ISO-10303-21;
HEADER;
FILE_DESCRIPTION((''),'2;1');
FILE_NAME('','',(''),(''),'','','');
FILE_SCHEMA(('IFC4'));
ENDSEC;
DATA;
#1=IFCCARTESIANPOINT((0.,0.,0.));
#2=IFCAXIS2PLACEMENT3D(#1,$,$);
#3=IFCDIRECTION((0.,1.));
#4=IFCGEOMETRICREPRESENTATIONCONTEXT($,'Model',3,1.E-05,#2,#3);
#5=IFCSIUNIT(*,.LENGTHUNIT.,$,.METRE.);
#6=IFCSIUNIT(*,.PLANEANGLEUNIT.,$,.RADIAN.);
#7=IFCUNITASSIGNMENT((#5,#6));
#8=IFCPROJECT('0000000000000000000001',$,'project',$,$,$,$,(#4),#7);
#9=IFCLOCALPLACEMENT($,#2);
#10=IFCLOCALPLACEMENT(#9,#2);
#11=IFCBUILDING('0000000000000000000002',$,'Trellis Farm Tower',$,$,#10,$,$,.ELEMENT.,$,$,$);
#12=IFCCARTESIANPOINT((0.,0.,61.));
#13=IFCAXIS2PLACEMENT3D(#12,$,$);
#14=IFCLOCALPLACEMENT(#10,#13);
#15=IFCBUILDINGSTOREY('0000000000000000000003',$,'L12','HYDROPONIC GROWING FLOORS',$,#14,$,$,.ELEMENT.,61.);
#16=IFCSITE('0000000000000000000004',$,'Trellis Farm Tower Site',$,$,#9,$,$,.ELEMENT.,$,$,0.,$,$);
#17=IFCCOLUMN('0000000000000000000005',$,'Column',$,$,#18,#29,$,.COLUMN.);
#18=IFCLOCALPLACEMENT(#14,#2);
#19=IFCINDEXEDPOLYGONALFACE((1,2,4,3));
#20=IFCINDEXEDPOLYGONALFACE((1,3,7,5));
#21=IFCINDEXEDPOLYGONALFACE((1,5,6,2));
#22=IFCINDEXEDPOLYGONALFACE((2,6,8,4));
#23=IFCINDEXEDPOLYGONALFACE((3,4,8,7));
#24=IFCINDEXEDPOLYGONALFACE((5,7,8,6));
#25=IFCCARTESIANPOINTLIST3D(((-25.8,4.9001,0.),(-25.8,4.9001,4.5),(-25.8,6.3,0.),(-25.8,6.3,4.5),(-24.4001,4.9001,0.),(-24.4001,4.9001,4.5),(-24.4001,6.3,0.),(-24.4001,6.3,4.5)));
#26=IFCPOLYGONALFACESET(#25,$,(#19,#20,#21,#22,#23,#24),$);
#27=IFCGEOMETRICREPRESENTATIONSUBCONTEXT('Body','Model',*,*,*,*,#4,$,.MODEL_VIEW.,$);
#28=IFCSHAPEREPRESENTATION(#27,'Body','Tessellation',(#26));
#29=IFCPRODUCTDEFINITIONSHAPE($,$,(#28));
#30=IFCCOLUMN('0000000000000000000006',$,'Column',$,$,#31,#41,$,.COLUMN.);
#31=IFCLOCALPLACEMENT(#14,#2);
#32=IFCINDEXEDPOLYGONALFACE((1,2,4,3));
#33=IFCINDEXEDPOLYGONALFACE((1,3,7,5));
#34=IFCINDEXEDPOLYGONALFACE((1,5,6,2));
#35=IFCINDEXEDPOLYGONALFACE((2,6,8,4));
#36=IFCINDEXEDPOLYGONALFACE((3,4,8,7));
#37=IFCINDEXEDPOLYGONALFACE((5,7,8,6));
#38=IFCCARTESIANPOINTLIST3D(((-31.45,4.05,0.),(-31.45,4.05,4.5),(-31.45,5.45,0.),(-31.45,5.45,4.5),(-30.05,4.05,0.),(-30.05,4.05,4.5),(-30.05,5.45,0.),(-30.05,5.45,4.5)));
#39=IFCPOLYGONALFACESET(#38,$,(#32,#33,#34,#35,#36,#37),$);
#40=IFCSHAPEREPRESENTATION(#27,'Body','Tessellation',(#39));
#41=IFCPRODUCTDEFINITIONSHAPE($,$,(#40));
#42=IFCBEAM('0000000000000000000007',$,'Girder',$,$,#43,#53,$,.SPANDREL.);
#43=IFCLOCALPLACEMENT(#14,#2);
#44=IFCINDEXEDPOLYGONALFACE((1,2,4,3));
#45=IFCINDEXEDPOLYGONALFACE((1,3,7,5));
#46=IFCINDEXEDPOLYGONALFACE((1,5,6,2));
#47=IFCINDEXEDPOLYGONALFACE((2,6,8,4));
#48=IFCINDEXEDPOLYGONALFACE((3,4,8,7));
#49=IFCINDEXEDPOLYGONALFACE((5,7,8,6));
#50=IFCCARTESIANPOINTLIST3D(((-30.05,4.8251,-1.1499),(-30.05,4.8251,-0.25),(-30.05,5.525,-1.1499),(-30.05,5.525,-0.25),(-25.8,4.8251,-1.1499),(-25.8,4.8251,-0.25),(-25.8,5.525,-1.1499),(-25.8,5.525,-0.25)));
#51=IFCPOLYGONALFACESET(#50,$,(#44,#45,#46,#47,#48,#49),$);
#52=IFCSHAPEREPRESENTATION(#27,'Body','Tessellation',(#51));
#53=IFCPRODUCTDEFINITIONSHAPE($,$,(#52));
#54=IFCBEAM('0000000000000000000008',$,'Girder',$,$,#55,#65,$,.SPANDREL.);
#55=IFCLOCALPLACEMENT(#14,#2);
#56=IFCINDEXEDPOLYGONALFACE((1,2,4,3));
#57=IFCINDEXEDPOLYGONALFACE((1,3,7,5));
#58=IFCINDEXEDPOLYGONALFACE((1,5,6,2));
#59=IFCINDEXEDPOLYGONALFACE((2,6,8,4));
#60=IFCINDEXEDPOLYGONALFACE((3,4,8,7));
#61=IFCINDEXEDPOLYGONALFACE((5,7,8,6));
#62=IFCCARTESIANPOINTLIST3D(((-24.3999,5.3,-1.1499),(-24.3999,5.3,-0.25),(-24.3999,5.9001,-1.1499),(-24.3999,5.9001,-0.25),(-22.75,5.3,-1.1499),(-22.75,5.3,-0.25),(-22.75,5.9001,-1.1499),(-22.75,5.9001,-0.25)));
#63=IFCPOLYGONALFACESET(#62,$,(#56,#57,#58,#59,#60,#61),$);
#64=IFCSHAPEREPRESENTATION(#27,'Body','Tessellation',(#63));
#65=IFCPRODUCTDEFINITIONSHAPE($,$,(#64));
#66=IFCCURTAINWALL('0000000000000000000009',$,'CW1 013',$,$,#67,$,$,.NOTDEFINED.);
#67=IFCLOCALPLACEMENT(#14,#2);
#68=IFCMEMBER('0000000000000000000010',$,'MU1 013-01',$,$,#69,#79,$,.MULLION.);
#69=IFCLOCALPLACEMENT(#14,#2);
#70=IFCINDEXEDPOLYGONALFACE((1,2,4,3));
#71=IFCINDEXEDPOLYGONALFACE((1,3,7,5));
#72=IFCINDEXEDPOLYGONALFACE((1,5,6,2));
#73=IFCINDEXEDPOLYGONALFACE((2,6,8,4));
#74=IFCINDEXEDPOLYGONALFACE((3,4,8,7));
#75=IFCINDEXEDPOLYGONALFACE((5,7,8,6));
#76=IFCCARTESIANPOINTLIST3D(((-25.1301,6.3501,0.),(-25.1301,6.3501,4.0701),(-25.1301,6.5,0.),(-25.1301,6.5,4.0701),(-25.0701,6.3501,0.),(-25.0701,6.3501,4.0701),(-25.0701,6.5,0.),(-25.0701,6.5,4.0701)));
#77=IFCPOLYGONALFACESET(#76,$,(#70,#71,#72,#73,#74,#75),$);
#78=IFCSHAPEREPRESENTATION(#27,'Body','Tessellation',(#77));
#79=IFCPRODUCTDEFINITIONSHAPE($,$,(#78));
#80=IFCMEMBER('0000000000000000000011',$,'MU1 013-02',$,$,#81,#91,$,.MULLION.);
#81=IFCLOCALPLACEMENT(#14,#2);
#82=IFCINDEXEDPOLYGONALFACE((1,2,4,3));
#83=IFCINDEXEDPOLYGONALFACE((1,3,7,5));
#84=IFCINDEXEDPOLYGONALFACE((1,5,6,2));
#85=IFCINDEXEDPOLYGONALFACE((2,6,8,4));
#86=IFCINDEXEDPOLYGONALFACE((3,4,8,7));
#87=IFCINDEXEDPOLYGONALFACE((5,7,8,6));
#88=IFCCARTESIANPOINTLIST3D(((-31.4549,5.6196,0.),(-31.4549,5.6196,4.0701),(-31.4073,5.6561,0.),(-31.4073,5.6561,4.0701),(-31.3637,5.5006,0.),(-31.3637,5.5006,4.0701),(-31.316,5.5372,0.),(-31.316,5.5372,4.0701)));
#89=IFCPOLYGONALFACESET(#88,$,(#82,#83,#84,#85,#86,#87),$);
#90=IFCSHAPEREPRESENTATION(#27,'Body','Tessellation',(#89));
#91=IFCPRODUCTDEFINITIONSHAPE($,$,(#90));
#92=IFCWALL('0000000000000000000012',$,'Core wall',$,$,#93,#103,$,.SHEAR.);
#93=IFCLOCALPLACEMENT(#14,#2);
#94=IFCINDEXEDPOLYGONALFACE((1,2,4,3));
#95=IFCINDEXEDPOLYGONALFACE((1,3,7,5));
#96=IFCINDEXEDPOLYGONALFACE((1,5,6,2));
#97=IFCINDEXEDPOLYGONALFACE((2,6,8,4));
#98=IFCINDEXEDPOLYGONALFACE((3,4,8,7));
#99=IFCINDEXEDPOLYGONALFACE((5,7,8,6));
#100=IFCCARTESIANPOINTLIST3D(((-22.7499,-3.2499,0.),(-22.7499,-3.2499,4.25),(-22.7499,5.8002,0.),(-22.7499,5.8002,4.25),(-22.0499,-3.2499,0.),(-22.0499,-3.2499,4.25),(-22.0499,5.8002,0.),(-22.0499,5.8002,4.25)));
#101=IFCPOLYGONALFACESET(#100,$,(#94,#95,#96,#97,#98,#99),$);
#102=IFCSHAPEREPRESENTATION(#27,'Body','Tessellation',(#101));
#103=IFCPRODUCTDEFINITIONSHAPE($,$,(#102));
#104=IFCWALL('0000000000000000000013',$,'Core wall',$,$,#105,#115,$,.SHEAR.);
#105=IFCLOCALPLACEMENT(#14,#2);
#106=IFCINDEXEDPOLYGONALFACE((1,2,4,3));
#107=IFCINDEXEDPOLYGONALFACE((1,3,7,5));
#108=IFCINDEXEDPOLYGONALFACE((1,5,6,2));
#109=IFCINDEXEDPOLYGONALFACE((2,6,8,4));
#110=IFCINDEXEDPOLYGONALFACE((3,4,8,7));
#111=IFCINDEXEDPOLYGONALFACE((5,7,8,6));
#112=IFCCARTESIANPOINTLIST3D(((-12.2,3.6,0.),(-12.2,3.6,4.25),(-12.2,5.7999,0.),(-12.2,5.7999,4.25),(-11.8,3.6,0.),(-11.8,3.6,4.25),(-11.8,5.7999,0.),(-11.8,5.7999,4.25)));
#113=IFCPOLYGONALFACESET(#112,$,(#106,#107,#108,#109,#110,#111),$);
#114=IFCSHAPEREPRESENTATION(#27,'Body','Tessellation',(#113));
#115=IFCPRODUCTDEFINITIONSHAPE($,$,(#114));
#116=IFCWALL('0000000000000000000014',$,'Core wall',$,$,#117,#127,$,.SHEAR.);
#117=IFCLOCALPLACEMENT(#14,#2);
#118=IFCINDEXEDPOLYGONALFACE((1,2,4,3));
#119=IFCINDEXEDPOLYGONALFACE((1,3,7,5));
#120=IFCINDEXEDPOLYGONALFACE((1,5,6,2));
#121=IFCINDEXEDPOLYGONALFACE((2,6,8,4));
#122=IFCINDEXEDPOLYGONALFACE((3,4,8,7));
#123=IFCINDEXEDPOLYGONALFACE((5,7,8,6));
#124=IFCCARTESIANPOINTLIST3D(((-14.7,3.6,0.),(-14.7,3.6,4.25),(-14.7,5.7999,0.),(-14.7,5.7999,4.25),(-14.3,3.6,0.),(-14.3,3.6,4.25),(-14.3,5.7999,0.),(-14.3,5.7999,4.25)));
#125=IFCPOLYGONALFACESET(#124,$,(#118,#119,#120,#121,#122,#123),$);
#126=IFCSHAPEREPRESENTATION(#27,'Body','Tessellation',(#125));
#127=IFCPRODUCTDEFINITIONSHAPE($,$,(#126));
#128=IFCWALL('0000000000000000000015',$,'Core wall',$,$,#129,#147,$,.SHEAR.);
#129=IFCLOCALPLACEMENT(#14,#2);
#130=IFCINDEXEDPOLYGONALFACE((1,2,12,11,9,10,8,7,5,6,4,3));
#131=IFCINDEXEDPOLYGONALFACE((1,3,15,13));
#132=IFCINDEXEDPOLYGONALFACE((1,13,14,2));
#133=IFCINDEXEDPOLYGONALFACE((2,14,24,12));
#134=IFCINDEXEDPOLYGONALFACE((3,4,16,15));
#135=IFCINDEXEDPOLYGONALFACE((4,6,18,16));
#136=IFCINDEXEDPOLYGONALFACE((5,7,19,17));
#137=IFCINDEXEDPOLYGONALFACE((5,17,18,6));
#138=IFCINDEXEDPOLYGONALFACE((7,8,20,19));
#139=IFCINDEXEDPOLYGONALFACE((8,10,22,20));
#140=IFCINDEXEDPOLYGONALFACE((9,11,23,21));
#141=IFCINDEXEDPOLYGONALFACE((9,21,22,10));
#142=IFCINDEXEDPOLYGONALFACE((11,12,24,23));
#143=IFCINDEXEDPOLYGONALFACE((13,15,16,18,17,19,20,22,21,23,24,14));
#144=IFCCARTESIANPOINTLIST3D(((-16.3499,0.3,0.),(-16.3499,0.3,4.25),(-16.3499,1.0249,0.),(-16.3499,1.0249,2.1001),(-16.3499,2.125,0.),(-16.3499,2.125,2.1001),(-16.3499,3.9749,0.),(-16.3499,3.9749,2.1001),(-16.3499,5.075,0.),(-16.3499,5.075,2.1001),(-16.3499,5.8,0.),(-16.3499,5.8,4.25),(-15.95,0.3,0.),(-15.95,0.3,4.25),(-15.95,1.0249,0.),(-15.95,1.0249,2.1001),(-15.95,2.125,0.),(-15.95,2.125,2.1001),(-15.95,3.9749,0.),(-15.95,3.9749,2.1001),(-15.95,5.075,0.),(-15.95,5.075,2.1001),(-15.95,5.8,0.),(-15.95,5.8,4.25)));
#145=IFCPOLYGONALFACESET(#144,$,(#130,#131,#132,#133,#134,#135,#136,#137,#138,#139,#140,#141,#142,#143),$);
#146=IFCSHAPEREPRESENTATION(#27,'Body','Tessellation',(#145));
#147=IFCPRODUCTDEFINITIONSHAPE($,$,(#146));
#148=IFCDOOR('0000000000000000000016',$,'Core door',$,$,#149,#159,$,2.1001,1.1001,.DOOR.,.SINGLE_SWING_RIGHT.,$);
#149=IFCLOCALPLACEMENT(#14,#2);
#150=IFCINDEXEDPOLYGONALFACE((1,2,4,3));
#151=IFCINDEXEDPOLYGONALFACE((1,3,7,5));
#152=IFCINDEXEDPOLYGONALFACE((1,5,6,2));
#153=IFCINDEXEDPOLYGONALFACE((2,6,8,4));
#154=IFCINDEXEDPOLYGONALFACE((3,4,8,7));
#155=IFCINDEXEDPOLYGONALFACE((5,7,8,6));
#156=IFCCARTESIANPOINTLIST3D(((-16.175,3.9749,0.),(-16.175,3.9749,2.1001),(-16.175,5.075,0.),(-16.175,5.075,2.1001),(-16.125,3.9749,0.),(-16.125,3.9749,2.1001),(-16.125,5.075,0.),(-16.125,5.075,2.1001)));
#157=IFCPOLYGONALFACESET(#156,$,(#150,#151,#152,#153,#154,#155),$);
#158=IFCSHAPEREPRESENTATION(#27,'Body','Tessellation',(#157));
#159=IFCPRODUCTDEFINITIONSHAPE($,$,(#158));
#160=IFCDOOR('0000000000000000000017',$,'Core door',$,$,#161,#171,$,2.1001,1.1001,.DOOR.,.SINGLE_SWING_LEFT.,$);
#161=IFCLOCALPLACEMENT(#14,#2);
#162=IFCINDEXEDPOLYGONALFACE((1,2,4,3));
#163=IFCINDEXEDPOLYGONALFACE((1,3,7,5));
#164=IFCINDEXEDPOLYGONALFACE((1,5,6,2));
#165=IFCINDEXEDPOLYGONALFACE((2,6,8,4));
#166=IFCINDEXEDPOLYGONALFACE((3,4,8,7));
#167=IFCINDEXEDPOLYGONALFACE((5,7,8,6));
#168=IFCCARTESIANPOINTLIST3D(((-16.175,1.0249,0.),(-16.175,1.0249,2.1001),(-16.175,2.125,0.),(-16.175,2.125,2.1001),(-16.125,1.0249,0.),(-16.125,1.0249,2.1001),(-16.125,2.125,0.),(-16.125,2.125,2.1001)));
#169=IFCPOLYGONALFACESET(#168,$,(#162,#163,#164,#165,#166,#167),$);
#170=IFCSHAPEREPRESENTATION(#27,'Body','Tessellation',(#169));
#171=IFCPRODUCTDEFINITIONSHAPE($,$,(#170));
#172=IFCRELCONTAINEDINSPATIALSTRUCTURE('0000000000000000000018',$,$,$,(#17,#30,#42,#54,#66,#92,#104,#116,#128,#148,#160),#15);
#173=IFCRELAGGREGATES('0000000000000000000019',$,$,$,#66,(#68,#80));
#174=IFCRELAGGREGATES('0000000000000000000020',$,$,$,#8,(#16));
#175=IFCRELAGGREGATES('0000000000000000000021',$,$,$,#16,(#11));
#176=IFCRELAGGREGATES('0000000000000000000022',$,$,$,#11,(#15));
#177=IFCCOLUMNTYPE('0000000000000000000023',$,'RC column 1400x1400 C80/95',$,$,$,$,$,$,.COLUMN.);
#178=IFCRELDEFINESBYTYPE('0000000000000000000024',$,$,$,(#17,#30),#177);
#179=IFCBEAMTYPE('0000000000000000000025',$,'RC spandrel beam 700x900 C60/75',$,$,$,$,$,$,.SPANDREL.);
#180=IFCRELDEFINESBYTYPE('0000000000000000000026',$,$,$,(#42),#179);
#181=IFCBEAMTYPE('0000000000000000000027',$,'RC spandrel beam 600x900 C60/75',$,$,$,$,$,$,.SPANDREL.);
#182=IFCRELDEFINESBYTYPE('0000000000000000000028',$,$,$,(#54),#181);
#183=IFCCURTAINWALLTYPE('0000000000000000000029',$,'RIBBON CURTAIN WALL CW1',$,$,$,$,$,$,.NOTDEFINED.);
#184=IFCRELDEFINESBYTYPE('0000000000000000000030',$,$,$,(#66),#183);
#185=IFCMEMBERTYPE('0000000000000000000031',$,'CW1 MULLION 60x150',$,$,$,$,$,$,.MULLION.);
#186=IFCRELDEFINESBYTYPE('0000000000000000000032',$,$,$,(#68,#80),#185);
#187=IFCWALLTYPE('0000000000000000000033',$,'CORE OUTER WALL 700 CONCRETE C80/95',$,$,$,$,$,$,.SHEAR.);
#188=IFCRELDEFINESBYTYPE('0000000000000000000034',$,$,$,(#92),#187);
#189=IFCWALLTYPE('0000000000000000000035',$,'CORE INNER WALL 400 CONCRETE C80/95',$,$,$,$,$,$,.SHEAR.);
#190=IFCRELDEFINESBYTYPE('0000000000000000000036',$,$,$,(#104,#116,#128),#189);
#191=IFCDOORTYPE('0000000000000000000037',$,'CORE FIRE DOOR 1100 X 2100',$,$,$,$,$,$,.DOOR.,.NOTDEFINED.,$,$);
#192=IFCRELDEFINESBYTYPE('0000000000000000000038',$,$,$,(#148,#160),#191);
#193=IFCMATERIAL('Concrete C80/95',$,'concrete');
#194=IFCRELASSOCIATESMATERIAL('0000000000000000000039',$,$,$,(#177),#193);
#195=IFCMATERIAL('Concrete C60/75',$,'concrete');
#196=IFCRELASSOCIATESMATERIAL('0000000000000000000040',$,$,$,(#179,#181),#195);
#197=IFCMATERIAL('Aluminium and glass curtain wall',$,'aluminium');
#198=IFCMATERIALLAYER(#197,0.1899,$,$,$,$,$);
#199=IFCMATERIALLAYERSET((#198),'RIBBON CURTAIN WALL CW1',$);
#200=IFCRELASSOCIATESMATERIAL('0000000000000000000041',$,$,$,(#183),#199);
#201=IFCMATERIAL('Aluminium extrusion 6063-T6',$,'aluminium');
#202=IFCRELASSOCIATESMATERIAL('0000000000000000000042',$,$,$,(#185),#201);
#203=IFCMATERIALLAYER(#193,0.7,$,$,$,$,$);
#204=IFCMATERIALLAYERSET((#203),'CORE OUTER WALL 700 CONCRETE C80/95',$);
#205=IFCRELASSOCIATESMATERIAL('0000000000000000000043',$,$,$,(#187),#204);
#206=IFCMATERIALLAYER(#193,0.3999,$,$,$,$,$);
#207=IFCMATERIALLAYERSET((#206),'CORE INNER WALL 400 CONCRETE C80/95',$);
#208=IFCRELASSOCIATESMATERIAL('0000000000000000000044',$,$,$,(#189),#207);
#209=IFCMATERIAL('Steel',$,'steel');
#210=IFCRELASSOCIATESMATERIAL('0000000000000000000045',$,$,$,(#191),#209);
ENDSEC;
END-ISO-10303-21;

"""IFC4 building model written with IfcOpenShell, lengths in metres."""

from ifc_helpers import new_model, si_unit, direction, frame, frame_2d, origin, origin_2d, place, context, subcontext, project, spatial, rectangle, extrude, source, transform, mapped, material, layer, layer_set, material_profile, profile_set, type_object, element, fill, aggregate, save


model = new_model("IFC4")

# Units and contexts
model_context = context("Model", 3, precision=1e-05, world=origin(), true_north=direction((0.0, 1.0)))
body_context = subcontext(model_context, "Body", "Model", "MODEL_VIEW")
ifc_project = project(units=[si_unit("LENGTHUNIT", "METRE"), si_unit("PLANEANGLEUNIT", "RADIAN")], contexts=[model_context])

# Site, building, storey
site_placement = place(None, origin())
site = spatial("IfcSite", under=ifc_project, at=site_placement, Name="Trellis Farm Tower Site", CompositionType="ELEMENT", RefElevation=0.0)
building_placement = place(site_placement, origin())
building = spatial("IfcBuilding", under=site, at=building_placement, Name="Trellis Farm Tower", CompositionType="ELEMENT")
storey_placement = place(building_placement, frame((0.0, 0.0, 61.0)))
storey = spatial("IfcBuildingStorey", under=building, at=storey_placement, Name="L12", Description="HYDROPONIC GROWING FLOORS", CompositionType="ELEMENT", Elevation=61.0)

# Columns
ifc_material_1 = material(Name="Concrete C80/95", Category="concrete")
ifc_material_profile_1 = material_profile(ifc_material_1, rectangle(XDim=1.3999, YDim=1.3999, at=origin_2d()), Name="RC column 1400x1400 C80/95")
ifc_profile_set_1 = profile_set([ifc_material_profile_1], Name="Concrete C80/95")
column_type = type_object("IfcColumnType", Name="RC column 1400x1400 C80/95", PredefinedType="COLUMN", material=ifc_profile_set_1)
shared_shape_1 = source(origin(), body_context, "Body", "SweptSolid", [
    extrude(rectangle(XDim=1.3999, YDim=1.3999, at=origin_2d()), origin(), (0.0, 0.0, 1.0), 4.5),
])
for number, where, z_axis, x_axis, name in (
    (1, (-25.1001, 5.6001, 0.0), (0.0, 0.0, 1.0), (1.0, 0.0, 0.0), "Column"),
    (2, (-30.75, 4.75, 0.0), (0.0, 0.0, 1.0), (1.0, 0.0, 0.0), "Column"),
):
    element("IfcColumn", number, at=place(storey_placement, frame(where, z_axis=z_axis, x_axis=x_axis)), inside=storey, type_object=column_type, Name=name, PredefinedType="COLUMN", context=body_context, shape_type="MappedRepresentation", body=[
        mapped(shared_shape_1, transform((0.0, 0.0, 0.0))),
    ])

# Beams
ifc_material_2 = material(Name="Concrete C60/75", Category="concrete")
ifc_material_profile_2 = material_profile(ifc_material_2, rectangle(XDim=0.7, YDim=0.8999, at=origin_2d()), Name="RC spandrel beam 700x900 C60/75")
ifc_profile_set_2 = profile_set([ifc_material_profile_2], Name="Concrete C60/75")
beam_type_1 = type_object("IfcBeamType", Name="RC spandrel beam 700x900 C60/75", PredefinedType="SPANDREL", material=ifc_profile_set_2)
shared_shape_2 = source(origin(), body_context, "Body", "SweptSolid", [
    extrude(rectangle(XDim=0.7, YDim=0.8999, at=origin_2d()), origin(), (0.0, 0.0, 1.0), 4.25),
])
beam_1_placement = place(storey_placement, frame((-30.05, 5.175, -0.7), z_axis=(1.0, 0.0, 0.0), x_axis=(0.0, 1.0, 0.0)))
element("IfcBeam", 3, at=beam_1_placement, inside=storey, type_object=beam_type_1, Name="Girder", PredefinedType="SPANDREL", context=body_context, shape_type="MappedRepresentation", body=[
    mapped(shared_shape_2, transform((0.0, 0.0, 0.0))),
])
ifc_material_profile_3 = material_profile(ifc_material_2, rectangle(XDim=0.6001, YDim=0.8999, at=origin_2d()), Name="RC spandrel beam 600x900 C60/75")
ifc_profile_set_3 = profile_set([ifc_material_profile_3], Name="Concrete C60/75")
beam_type_2 = type_object("IfcBeamType", Name="RC spandrel beam 600x900 C60/75", PredefinedType="SPANDREL", material=ifc_profile_set_3)
shared_shape_3 = source(origin(), body_context, "Body", "SweptSolid", [
    extrude(rectangle(XDim=0.6001, YDim=0.8999, at=origin_2d()), origin(), (0.0, 0.0, 1.0), 1.6499),
])
beam_2_placement = place(storey_placement, frame((-24.3999, 5.6001, -0.7), z_axis=(1.0, 0.0, 0.0), x_axis=(0.0, 1.0, 0.0)))
element("IfcBeam", 4, at=beam_2_placement, inside=storey, type_object=beam_type_2, Name="Girder", PredefinedType="SPANDREL", context=body_context, shape_type="MappedRepresentation", body=[
    mapped(shared_shape_3, transform((0.0, 0.0, 0.0))),
])

# Curtain wall, members
ifc_material_3 = material(Name="Aluminium and glass curtain wall", Category="aluminium")
ifc_layer_1 = layer(ifc_material_3, 0.1899)
ifc_layer_set_1 = layer_set([ifc_layer_1], Name="RIBBON CURTAIN WALL CW1")
curtain_wall_type = type_object("IfcCurtainWallType", Name="RIBBON CURTAIN WALL CW1", PredefinedType="NOTDEFINED", material=ifc_layer_set_1)
placement = place(storey_placement, origin())
curtain_wall = element("IfcCurtainWall", 5, at=placement, inside=storey, type_object=curtain_wall_type, Name="CW1 013", PredefinedType="NOTDEFINED")
ifc_material_4 = material(Name="Aluminium extrusion 6063-T6", Category="aluminium")
ifc_material_profile_4 = material_profile(ifc_material_4, rectangle(XDim=0.0601, YDim=0.1499, at=origin_2d()), Name="MULLION 60x150")
ifc_profile_set_4 = profile_set([ifc_material_profile_4], Name="Aluminium extrusion 6063-T6")
member_type = type_object("IfcMemberType", Name="CW1 MULLION 60x150", PredefinedType="MULLION", material=ifc_profile_set_4)
shared_shape_4 = source(origin(), body_context, "Body", "SweptSolid", [
    extrude(rectangle(XDim=0.0601, YDim=0.1499, at=origin_2d()), origin(), (0.0, 0.0, 1.0), 4.0701),
])
member_1_placement = place(storey_placement, frame((-25.1001, 6.425, 0.0), z_axis=(0.0, 0.0, 1.0), x_axis=(-1.0, 0.0, 0.0)))
member_1 = element("IfcMember", 6, at=member_1_placement, type_object=member_type, Name="MU1 013-01", PredefinedType="MULLION", context=body_context, shape_type="MappedRepresentation", body=[
    mapped(shared_shape_4, transform((0.0, 0.0, 0.0))),
])
member_2_placement = place(storey_placement, frame((-31.3855, 5.5784, 0.0), z_axis=(0.0, 0.0, 1.0), x_axis=(-0.793353, -0.608761, 0.0)))
member_2 = element("IfcMember", 7, at=member_2_placement, type_object=member_type, Name="MU1 013-02", PredefinedType="MULLION", context=body_context, shape_type="MappedRepresentation", body=[
    mapped(shared_shape_4, transform((0.0, 0.0, 0.0))),
])
aggregate(curtain_wall, [member_1, member_2])

# Walls
ifc_layer_2 = layer(ifc_material_1, 0.7)
ifc_layer_set_2 = layer_set([ifc_layer_2], Name="CORE OUTER WALL 700 CONCRETE C80/95")
wall_type_1 = type_object("IfcWallType", Name="CORE OUTER WALL 700 CONCRETE C80/95", PredefinedType="SHEAR", material=ifc_layer_set_2)
shared_shape_5 = source(origin(), body_context, "Body", "SweptSolid", [
    extrude(rectangle(XDim=9.05, YDim=0.7, at=frame_2d((4.5249, 0.0))), origin(), (0.0, 0.0, 1.0), 4.25),
])
wall_1_placement = place(storey_placement, frame((-22.3999, 5.8, 0.0), z_axis=(0.0, 0.0, 1.0), x_axis=(0.0, -1.0, 0.0)))
element("IfcWall", 8, at=wall_1_placement, inside=storey, type_object=wall_type_1, Name="Core wall", PredefinedType="SHEAR", context=body_context, shape_type="MappedRepresentation", body=[
    mapped(shared_shape_5, transform((0.0, 0.0, 0.0))),
])
ifc_layer_3 = layer(ifc_material_1, 0.3999)
ifc_layer_set_3 = layer_set([ifc_layer_3], Name="CORE INNER WALL 400 CONCRETE C80/95")
wall_type_2 = type_object("IfcWallType", Name="CORE INNER WALL 400 CONCRETE C80/95", PredefinedType="SHEAR", material=ifc_layer_set_3)
shared_shape_6 = source(origin(), body_context, "Body", "SweptSolid", [
    extrude(rectangle(XDim=2.2, YDim=0.3999, at=frame_2d((1.1001, 0.0))), origin(), (0.0, 0.0, 1.0), 4.25),
])
for number, where, z_axis, x_axis, name in (
    (9, (-12.0, 5.8, 0.0), (0.0, 0.0, 1.0), (0.0, -1.0, 0.0), "Core wall"),
    (10, (-14.5, 5.8, 0.0), (0.0, 0.0, 1.0), (0.0, -1.0, 0.0), "Core wall"),
):
    element("IfcWall", number, at=place(storey_placement, frame(where, z_axis=z_axis, x_axis=x_axis)), inside=storey, type_object=wall_type_2, Name=name, PredefinedType="SHEAR", context=body_context, shape_type="MappedRepresentation", body=[
        mapped(shared_shape_6, transform((0.0, 0.0, 0.0))),
    ])

# Wall, openings, doors
shared_shape_7 = source(origin(), body_context, "Body", "SweptSolid", [
    extrude(rectangle(XDim=5.5, YDim=0.3999, at=frame_2d((2.75, 0.0))), origin(), (0.0, 0.0, 1.0), 4.25),
])
wall_2_placement = place(storey_placement, frame((-16.1499, 5.8, 0.0), z_axis=(0.0, 0.0, 1.0), x_axis=(0.0, -1.0, 0.0)))
wall_2 = element("IfcWall", 11, at=wall_2_placement, inside=storey, type_object=wall_type_2, Name="Core wall", PredefinedType="SHEAR", context=body_context, shape_type="MappedRepresentation", body=[
    mapped(shared_shape_7, transform((0.0, 0.0, 0.0))),
])
shared_shape_8 = source(origin(), body_context, "Body", "SweptSolid", [
    extrude(rectangle(XDim=1.1001, YDim=2.1001, at=frame_2d((0.55, 1.05))), frame((0.0, 0.21, 0.0), z_axis=(0.0, -1.0, 0.0), x_axis=(1.0, 0.0, 0.0)), (0.0, 0.0, 1.0), 0.4199),
])
opening_1_placement = place(wall_2_placement, frame((0.7251, 0.0, 0.0)))
opening_1 = element("IfcOpeningElement", 12, at=opening_1_placement, cuts=wall_2, PredefinedType="OPENING", context=body_context, shape_type="MappedRepresentation", body=[
    mapped(shared_shape_8, transform((0.0, 0.0, 0.0))),
])
opening_2_placement = place(wall_2_placement, frame((3.675, 0.0, 0.0)))
opening_2 = element("IfcOpeningElement", 13, at=opening_2_placement, cuts=wall_2, PredefinedType="OPENING", context=body_context, shape_type="MappedRepresentation", body=[
    mapped(shared_shape_8, transform((0.0, 0.0, 0.0))),
])
ifc_material_5 = material(Name="Steel", Category="steel")
door_type = type_object("IfcDoorType", Name="CORE FIRE DOOR 1100 X 2100", OperationType="NOTDEFINED", PredefinedType="DOOR", material=ifc_material_5)
shared_shape_9 = source(origin(), body_context, "Body", "SweptSolid", [
    extrude(rectangle(XDim=1.1001, YDim=2.1001, at=frame_2d((0.55, 1.05))), frame((0.0, 0.0249, 0.0), z_axis=(0.0, -1.0, 0.0), x_axis=(1.0, 0.0, 0.0)), (0.0, 0.0, 1.0), 0.05),
])
door_1_placement = place(opening_1_placement, origin())
door_1 = element("IfcDoor", 14, at=door_1_placement, inside=storey, type_object=door_type, Name="Core door", OperationType="SINGLE_SWING_RIGHT", OverallHeight=2.1001, OverallWidth=1.1001, PredefinedType="DOOR", context=body_context, shape_type="MappedRepresentation", body=[
    mapped(shared_shape_9, transform((0.0, 0.0, 0.0))),
])
fill(opening_1, door_1)
door_2_placement = place(opening_2_placement, origin())
door_2 = element("IfcDoor", 15, at=door_2_placement, inside=storey, type_object=door_type, Name="Core door", OperationType="SINGLE_SWING_LEFT", OverallHeight=2.1001, OverallWidth=1.1001, PredefinedType="DOOR", context=body_context, shape_type="MappedRepresentation", body=[
    mapped(shared_shape_9, transform((0.0, 0.0, 0.0))),
])
fill(opening_2, door_2)

save(model, "model.ifc")
